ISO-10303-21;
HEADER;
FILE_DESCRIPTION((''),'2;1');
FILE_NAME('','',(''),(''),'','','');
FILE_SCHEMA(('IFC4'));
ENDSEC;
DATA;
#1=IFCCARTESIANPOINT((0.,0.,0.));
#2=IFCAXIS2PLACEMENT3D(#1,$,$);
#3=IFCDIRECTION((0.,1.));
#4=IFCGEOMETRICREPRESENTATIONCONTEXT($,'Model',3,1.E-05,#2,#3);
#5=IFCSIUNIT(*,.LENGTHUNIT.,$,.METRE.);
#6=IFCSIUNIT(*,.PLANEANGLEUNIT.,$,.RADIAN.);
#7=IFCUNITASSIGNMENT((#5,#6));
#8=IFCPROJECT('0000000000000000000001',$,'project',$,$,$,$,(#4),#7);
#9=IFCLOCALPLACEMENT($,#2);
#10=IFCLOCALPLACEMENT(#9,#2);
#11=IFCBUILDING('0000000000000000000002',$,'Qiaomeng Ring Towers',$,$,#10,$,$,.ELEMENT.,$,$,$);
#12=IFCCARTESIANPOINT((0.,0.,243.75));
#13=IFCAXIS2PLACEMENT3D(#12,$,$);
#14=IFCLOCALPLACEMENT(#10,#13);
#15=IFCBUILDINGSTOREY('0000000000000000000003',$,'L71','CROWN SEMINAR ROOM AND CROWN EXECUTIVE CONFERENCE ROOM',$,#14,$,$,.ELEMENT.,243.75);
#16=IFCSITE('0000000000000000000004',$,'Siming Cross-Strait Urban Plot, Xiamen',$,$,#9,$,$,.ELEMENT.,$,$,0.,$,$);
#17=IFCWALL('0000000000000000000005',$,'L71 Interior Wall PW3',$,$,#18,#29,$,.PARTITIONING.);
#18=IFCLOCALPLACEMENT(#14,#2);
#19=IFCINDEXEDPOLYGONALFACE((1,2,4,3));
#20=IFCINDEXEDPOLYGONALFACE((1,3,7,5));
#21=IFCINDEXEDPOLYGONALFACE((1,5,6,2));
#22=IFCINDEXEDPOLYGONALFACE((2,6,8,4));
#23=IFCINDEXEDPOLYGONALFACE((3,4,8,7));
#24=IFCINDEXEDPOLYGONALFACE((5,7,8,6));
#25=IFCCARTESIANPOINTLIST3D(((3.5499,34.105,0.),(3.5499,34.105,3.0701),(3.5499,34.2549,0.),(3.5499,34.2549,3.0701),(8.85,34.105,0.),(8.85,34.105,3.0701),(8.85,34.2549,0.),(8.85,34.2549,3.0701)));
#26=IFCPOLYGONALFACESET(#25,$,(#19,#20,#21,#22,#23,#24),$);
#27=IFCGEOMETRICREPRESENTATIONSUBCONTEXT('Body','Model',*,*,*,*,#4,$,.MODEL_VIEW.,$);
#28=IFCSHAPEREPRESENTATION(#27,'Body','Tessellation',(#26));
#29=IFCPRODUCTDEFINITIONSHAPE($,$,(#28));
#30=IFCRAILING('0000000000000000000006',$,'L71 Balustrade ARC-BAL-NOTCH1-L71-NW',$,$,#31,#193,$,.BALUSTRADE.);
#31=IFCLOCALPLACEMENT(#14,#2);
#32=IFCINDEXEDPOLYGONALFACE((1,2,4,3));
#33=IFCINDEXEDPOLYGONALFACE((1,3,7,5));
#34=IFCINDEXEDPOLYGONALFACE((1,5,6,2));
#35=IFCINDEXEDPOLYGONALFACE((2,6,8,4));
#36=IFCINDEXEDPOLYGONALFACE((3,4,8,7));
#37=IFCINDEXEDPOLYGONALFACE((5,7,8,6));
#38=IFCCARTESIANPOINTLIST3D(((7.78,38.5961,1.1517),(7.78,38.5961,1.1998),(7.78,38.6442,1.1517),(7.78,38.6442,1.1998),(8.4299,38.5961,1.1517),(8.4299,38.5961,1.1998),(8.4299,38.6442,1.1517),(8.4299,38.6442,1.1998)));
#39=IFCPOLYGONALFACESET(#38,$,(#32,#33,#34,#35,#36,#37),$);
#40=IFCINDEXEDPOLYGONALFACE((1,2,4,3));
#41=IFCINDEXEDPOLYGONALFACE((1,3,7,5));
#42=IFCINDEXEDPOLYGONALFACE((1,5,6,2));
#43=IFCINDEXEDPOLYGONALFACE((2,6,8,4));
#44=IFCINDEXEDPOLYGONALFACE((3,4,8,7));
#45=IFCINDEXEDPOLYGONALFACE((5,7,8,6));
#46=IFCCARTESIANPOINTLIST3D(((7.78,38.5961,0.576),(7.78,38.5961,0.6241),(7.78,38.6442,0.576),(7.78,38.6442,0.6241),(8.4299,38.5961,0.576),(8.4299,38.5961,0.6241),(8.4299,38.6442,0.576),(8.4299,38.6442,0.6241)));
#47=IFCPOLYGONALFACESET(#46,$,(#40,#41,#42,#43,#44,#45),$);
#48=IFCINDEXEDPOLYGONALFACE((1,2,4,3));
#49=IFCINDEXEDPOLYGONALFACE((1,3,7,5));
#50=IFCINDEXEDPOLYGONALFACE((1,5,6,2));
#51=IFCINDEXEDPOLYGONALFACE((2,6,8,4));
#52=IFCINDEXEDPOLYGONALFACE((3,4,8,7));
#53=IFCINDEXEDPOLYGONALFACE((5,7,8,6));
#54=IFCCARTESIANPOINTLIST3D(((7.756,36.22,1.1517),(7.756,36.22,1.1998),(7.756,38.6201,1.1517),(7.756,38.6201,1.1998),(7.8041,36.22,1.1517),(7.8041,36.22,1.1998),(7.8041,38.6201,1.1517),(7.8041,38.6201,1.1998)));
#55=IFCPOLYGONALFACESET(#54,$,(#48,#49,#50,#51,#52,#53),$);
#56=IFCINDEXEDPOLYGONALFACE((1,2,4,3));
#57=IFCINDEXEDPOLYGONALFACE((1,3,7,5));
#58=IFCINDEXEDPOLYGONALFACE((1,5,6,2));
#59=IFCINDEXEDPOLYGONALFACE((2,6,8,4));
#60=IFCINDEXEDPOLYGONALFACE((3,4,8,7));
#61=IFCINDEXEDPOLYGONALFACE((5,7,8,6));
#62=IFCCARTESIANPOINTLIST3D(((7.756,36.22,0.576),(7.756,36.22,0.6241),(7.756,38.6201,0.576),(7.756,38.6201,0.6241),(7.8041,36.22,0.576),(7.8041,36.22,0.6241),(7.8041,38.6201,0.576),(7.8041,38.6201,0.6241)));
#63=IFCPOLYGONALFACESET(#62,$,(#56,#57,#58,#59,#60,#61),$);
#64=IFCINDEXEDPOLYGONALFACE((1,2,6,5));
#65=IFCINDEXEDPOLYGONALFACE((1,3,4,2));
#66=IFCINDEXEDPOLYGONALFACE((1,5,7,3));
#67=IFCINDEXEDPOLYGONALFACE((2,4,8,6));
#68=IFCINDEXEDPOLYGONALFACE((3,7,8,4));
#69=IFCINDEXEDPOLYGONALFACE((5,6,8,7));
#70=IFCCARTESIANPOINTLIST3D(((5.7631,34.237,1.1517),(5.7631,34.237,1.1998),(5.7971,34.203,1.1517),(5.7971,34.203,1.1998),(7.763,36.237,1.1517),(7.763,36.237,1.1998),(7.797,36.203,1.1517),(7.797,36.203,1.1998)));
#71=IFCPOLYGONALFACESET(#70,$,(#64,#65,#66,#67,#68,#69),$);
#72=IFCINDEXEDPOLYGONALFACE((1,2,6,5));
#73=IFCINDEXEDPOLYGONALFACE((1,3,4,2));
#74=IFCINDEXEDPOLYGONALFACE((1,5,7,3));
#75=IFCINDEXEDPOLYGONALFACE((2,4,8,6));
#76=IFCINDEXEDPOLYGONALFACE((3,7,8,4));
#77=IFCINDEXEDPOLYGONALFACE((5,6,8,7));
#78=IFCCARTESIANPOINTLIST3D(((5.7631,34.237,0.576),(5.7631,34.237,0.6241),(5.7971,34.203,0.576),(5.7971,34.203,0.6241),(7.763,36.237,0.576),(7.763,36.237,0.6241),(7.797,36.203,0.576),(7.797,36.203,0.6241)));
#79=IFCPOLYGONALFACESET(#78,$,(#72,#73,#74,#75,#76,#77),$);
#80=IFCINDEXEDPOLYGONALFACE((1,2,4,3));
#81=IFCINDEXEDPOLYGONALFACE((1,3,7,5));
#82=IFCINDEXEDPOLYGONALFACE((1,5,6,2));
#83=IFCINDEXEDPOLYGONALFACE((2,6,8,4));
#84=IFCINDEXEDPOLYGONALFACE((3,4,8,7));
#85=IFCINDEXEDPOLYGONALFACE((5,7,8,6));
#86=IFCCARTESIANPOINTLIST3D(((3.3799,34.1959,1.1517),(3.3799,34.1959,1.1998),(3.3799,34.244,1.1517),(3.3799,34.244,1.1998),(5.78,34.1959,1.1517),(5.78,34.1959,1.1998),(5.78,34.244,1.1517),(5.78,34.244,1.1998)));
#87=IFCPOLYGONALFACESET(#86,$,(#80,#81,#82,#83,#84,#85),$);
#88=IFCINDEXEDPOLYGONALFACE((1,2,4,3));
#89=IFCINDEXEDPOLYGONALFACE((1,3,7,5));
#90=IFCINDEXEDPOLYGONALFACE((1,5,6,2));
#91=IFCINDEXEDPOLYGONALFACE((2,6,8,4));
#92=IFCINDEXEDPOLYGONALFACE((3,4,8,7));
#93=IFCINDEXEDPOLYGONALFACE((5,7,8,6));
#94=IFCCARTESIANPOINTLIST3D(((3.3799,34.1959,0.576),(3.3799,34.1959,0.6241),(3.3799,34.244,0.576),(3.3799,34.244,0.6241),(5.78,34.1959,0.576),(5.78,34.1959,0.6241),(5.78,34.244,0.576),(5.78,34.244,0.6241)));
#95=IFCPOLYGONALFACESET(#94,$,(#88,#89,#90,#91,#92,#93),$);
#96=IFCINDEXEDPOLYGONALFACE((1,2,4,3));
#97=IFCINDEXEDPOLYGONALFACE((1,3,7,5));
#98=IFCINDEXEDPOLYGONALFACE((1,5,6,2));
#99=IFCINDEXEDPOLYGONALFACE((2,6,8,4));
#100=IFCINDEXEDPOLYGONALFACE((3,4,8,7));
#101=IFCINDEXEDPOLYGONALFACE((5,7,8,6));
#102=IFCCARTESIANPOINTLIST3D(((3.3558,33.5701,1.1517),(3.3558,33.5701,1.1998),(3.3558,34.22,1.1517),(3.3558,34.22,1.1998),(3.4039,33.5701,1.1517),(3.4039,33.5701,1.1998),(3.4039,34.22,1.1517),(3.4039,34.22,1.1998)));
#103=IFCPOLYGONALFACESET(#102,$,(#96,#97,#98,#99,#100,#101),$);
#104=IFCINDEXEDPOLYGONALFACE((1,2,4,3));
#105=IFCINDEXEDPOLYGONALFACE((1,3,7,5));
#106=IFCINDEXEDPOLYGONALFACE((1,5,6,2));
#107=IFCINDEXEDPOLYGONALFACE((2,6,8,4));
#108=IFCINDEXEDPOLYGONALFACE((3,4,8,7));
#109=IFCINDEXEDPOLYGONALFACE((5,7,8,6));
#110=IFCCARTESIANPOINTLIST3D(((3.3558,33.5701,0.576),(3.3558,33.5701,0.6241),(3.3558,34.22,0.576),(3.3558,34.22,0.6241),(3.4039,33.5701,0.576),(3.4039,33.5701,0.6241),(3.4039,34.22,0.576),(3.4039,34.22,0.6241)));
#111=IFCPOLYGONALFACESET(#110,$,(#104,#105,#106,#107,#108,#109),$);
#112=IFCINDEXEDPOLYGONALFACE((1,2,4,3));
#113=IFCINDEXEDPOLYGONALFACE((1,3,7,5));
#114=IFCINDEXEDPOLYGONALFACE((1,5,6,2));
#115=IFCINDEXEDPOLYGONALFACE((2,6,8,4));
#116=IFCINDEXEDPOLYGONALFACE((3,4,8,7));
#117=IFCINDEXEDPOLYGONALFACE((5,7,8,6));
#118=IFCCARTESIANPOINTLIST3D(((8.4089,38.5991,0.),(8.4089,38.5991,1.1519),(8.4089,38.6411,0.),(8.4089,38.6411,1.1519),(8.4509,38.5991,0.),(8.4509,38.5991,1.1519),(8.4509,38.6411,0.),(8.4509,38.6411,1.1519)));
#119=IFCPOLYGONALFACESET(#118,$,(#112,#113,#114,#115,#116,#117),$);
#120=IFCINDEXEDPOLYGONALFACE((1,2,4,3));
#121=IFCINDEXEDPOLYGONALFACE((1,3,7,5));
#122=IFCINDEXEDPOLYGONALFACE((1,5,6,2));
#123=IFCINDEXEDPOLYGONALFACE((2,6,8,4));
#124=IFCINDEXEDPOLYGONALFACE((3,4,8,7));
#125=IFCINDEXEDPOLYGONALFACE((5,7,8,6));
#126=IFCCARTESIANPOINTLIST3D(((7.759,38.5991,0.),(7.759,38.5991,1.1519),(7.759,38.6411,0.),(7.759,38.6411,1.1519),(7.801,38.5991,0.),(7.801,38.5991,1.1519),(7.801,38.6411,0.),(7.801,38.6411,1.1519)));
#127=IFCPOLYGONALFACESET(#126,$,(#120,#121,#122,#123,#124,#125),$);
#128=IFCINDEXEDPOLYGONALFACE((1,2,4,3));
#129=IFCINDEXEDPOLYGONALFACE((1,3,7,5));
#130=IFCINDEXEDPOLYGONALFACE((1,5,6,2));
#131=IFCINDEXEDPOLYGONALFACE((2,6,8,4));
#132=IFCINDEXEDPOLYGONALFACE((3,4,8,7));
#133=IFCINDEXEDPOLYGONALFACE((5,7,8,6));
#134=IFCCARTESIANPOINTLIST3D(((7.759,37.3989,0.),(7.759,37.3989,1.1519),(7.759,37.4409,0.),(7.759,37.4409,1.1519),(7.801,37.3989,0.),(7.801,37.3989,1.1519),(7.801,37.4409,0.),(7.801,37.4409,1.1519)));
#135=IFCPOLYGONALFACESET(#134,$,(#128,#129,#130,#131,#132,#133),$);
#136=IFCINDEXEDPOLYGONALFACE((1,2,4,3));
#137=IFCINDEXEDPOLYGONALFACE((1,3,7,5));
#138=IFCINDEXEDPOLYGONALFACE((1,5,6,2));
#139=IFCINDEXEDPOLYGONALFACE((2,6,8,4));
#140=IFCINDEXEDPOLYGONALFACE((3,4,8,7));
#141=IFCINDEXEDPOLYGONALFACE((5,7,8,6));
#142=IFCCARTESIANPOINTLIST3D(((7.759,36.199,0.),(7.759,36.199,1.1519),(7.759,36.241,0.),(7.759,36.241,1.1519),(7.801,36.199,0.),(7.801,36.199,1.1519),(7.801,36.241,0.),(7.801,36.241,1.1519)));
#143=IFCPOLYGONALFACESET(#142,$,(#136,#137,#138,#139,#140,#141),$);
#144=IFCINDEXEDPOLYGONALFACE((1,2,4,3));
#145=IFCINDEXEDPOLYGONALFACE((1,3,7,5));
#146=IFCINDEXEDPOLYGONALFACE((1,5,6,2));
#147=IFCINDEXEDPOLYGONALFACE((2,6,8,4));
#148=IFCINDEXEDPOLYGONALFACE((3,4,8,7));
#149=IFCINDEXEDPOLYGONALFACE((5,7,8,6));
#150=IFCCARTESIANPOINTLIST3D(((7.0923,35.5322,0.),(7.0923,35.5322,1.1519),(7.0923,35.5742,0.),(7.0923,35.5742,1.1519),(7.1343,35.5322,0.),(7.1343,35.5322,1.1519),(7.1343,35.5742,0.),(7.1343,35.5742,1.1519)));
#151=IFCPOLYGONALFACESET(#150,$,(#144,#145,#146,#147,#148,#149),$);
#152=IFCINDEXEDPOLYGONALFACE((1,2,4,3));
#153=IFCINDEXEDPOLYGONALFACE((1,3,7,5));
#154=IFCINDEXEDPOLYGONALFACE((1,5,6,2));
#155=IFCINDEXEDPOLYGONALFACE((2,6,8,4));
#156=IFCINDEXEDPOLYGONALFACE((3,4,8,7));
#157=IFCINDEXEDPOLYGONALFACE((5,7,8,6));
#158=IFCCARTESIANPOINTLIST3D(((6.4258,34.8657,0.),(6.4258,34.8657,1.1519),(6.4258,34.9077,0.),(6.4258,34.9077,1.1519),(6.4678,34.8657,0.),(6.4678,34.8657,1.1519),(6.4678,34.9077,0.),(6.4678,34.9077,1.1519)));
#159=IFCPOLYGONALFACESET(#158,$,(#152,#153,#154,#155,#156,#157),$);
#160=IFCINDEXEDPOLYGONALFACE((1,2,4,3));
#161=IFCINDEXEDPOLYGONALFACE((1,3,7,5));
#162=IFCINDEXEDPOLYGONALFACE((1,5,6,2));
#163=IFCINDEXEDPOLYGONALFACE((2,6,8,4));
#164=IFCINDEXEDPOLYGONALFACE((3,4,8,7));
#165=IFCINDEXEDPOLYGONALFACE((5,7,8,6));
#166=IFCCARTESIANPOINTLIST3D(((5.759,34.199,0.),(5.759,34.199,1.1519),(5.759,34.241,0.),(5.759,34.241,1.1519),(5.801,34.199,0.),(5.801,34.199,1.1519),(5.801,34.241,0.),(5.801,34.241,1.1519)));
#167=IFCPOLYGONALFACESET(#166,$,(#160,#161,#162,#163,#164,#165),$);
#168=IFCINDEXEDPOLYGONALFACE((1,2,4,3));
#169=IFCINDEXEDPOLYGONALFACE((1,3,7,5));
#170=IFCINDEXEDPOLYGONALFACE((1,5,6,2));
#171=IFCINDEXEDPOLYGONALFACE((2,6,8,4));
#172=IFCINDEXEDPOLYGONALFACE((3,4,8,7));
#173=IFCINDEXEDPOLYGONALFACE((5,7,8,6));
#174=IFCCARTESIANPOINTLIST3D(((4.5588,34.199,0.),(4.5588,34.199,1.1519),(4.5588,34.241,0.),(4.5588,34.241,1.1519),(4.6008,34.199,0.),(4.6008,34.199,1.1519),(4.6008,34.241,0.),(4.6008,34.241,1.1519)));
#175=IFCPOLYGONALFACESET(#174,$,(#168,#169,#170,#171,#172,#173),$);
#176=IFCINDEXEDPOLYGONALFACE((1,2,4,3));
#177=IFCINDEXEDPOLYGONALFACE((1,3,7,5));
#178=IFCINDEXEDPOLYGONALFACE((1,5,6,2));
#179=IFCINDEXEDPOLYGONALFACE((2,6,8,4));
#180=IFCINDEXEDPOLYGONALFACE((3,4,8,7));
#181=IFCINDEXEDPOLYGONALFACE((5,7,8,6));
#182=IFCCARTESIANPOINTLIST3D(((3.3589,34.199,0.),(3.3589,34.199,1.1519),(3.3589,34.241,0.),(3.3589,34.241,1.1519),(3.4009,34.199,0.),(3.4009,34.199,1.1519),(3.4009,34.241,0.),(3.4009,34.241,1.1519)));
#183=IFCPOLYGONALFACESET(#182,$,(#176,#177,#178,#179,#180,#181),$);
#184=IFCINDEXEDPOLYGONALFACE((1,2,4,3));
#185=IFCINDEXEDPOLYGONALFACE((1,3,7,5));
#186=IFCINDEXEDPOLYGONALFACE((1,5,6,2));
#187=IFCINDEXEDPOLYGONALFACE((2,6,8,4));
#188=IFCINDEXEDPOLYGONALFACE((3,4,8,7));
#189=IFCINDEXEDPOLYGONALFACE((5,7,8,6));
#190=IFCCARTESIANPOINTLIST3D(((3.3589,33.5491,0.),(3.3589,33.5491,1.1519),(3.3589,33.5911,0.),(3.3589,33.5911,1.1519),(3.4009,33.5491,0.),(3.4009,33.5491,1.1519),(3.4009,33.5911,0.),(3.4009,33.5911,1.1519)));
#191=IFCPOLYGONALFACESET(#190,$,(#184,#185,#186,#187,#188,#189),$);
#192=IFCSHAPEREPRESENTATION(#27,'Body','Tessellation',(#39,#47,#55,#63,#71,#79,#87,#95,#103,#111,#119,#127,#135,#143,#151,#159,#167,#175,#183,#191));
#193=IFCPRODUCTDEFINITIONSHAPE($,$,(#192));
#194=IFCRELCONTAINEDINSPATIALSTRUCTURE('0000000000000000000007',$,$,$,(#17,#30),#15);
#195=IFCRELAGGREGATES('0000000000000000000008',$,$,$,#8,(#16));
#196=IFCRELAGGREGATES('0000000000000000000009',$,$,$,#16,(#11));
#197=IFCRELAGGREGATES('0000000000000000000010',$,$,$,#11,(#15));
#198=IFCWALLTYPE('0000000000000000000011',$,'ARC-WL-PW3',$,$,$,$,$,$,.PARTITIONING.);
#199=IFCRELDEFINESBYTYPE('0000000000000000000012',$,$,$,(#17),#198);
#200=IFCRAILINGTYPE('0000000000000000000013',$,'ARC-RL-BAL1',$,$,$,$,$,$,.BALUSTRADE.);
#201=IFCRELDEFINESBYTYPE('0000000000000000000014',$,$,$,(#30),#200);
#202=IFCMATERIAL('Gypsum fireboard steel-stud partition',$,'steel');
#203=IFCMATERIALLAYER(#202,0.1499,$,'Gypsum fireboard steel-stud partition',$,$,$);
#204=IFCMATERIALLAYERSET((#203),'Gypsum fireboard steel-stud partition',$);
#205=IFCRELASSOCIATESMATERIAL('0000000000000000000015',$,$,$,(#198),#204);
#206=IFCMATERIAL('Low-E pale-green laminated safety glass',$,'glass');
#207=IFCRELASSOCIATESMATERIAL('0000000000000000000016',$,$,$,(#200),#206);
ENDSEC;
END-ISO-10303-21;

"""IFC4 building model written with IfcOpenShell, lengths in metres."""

from ifc_helpers import new_model, si_unit, direction, frame, frame_2d, origin, origin_2d, place, context, subcontext, project, spatial, rectangle, extrude, material, layer, layer_set, type_object, element, save


model = new_model("IFC4")

# Units and contexts
model_context = context("Model", 3, precision=1e-05, world=origin(), true_north=direction((0.0, 1.0)))
body_context = subcontext(model_context, "Body", "Model", "MODEL_VIEW")
ifc_project = project(units=[si_unit("LENGTHUNIT", "METRE"), si_unit("PLANEANGLEUNIT", "RADIAN")], contexts=[model_context])

# Site, building, storey
site_placement = place(None, origin())
site = spatial("IfcSite", under=ifc_project, at=site_placement, Name="Siming Cross-Strait Urban Plot, Xiamen", CompositionType="ELEMENT", RefElevation=0.0)
building_placement = place(site_placement, origin())
building = spatial("IfcBuilding", under=site, at=building_placement, Name="Qiaomeng Ring Towers", CompositionType="ELEMENT")
storey_placement = place(building_placement, frame((0.0, 0.0, 243.75)))
storey = spatial("IfcBuildingStorey", under=building, at=storey_placement, Name="L71", Description="CROWN SEMINAR ROOM AND CROWN EXECUTIVE CONFERENCE ROOM", CompositionType="ELEMENT", Elevation=243.75)

# Wall
ifc_material_1 = material(Name="Gypsum fireboard steel-stud partition", Category="steel")
ifc_layer_1 = layer(ifc_material_1, 0.1499, Name="Gypsum fireboard steel-stud partition")
ifc_layer_set_1 = layer_set([ifc_layer_1], Name="Gypsum fireboard steel-stud partition")
wall_type_1 = type_object("IfcWallType", Name="ARC-WL-PW3", PredefinedType="PARTITIONING", material=ifc_layer_set_1)
wall_1_placement = place(storey_placement, frame((3.55, 34.1799, 0.0), z_axis=(0.0, 0.0, 1.0), x_axis=(1.0, 0.0, 0.0)))
element("IfcWall", 1, at=wall_1_placement, inside=storey, type_object=wall_type_1, Name="L71 Interior Wall PW3", PredefinedType="PARTITIONING", context=body_context, shape_type="SweptSolid", body=[
    extrude(rectangle(XDim=5.3, YDim=0.1499, at=frame_2d((2.6499, 0.0))), origin(), (0.0, 0.0, 1.0), 3.0701),
])

# Railing
ifc_material_2 = material(Name="Low-E pale-green laminated safety glass", Category="glass")
railing_type = type_object("IfcRailingType", Name="ARC-RL-BAL1", PredefinedType="BALUSTRADE", material=ifc_material_2)
railing_placement = place(storey_placement, frame((8.4299, 38.6201, 0.0)))
element("IfcRailing", 2, at=railing_placement, inside=storey, type_object=railing_type, Name="L71 Balustrade ARC-BAL-NOTCH1-L71-NW", PredefinedType="BALUSTRADE", context=body_context, shape_type="SweptSolid", body=[
    extrude(rectangle(XDim=0.0481, YDim=0.0481, at=origin_2d()), frame((0.0, 0.0, 1.1758), z_axis=(-1.0, 0.0, 0.0), x_axis=(0.0, -1.0, 0.0)), (0.0, 0.0, 1.0), 0.6499),
    extrude(rectangle(XDim=0.0481, YDim=0.0481, at=origin_2d()), frame((0.0, 0.0, 0.6001), z_axis=(-1.0, 0.0, 0.0), x_axis=(0.0, -1.0, 0.0)), (0.0, 0.0, 1.0), 0.6499),
    extrude(rectangle(XDim=0.0481, YDim=0.0481, at=origin_2d()), frame((-0.6499, 0.0, 1.1758), z_axis=(0.0, -1.0, 0.0), x_axis=(1.0, 0.0, 0.0)), (0.0, 0.0, 1.0), 2.4001),
    extrude(rectangle(XDim=0.0481, YDim=0.0481, at=origin_2d()), frame((-0.6499, 0.0, 0.6001), z_axis=(0.0, -1.0, 0.0), x_axis=(1.0, 0.0, 0.0)), (0.0, 0.0, 1.0), 2.4001),
    extrude(rectangle(XDim=0.0481, YDim=0.0481, at=origin_2d()), frame((-0.6499, -2.4001, 1.1758), z_axis=(-0.707107, -0.707107, 0.0), x_axis=(0.707107, -0.707107, 0.0)), (0.0, 0.0, 1.0), 2.8284),
    extrude(rectangle(XDim=0.0481, YDim=0.0481, at=origin_2d()), frame((-0.6499, -2.4001, 0.6001), z_axis=(-0.707107, -0.707107, 0.0), x_axis=(0.707107, -0.707107, 0.0)), (0.0, 0.0, 1.0), 2.8284),
    extrude(rectangle(XDim=0.0481, YDim=0.0481, at=origin_2d()), frame((-2.6499, -4.4001, 1.1758), z_axis=(-1.0, 0.0, 0.0), x_axis=(0.0, -1.0, 0.0)), (0.0, 0.0, 1.0), 2.4001),
    extrude(rectangle(XDim=0.0481, YDim=0.0481, at=origin_2d()), frame((-2.6499, -4.4001, 0.6001), z_axis=(-1.0, 0.0, 0.0), x_axis=(0.0, -1.0, 0.0)), (0.0, 0.0, 1.0), 2.4001),
    extrude(rectangle(XDim=0.0481, YDim=0.0481, at=origin_2d()), frame((-5.05, -4.4001, 1.1758), z_axis=(0.0, -1.0, 0.0), x_axis=(1.0, 0.0, 0.0)), (0.0, 0.0, 1.0), 0.6499),
    extrude(rectangle(XDim=0.0481, YDim=0.0481, at=origin_2d()), frame((-5.05, -4.4001, 0.6001), z_axis=(0.0, -1.0, 0.0), x_axis=(1.0, 0.0, 0.0)), (0.0, 0.0, 1.0), 0.6499),
    extrude(rectangle(XDim=0.042, YDim=0.042, at=origin_2d()), origin(), (0.0, 0.0, 1.0), 1.1519),
    extrude(rectangle(XDim=0.042, YDim=0.042, at=origin_2d()), frame((-0.6499, 0.0, 0.0)), (0.0, 0.0, 1.0), 1.1519),
    extrude(rectangle(XDim=0.042, YDim=0.042, at=origin_2d()), frame((-0.6499, -1.2002, 0.0)), (0.0, 0.0, 1.0), 1.1519),
    extrude(rectangle(XDim=0.042, YDim=0.042, at=origin_2d()), frame((-0.6499, -2.4001, 0.0)), (0.0, 0.0, 1.0), 1.1519),
    extrude(rectangle(XDim=0.042, YDim=0.042, at=origin_2d()), frame((-1.3167, -3.0669, 0.0)), (0.0, 0.0, 1.0), 1.1519),
    extrude(rectangle(XDim=0.042, YDim=0.042, at=origin_2d()), frame((-1.9832, -3.7334, 0.0)), (0.0, 0.0, 1.0), 1.1519),
    extrude(rectangle(XDim=0.042, YDim=0.042, at=origin_2d()), frame((-2.6499, -4.4001, 0.0)), (0.0, 0.0, 1.0), 1.1519),
    extrude(rectangle(XDim=0.042, YDim=0.042, at=origin_2d()), frame((-3.8501, -4.4001, 0.0)), (0.0, 0.0, 1.0), 1.1519),
    extrude(rectangle(XDim=0.042, YDim=0.042, at=origin_2d()), frame((-5.05, -4.4001, 0.0)), (0.0, 0.0, 1.0), 1.1519),
    extrude(rectangle(XDim=0.042, YDim=0.042, at=origin_2d()), frame((-5.05, -5.05, 0.0)), (0.0, 0.0, 1.0), 1.1519),
])

save(model, "model.ifc")
